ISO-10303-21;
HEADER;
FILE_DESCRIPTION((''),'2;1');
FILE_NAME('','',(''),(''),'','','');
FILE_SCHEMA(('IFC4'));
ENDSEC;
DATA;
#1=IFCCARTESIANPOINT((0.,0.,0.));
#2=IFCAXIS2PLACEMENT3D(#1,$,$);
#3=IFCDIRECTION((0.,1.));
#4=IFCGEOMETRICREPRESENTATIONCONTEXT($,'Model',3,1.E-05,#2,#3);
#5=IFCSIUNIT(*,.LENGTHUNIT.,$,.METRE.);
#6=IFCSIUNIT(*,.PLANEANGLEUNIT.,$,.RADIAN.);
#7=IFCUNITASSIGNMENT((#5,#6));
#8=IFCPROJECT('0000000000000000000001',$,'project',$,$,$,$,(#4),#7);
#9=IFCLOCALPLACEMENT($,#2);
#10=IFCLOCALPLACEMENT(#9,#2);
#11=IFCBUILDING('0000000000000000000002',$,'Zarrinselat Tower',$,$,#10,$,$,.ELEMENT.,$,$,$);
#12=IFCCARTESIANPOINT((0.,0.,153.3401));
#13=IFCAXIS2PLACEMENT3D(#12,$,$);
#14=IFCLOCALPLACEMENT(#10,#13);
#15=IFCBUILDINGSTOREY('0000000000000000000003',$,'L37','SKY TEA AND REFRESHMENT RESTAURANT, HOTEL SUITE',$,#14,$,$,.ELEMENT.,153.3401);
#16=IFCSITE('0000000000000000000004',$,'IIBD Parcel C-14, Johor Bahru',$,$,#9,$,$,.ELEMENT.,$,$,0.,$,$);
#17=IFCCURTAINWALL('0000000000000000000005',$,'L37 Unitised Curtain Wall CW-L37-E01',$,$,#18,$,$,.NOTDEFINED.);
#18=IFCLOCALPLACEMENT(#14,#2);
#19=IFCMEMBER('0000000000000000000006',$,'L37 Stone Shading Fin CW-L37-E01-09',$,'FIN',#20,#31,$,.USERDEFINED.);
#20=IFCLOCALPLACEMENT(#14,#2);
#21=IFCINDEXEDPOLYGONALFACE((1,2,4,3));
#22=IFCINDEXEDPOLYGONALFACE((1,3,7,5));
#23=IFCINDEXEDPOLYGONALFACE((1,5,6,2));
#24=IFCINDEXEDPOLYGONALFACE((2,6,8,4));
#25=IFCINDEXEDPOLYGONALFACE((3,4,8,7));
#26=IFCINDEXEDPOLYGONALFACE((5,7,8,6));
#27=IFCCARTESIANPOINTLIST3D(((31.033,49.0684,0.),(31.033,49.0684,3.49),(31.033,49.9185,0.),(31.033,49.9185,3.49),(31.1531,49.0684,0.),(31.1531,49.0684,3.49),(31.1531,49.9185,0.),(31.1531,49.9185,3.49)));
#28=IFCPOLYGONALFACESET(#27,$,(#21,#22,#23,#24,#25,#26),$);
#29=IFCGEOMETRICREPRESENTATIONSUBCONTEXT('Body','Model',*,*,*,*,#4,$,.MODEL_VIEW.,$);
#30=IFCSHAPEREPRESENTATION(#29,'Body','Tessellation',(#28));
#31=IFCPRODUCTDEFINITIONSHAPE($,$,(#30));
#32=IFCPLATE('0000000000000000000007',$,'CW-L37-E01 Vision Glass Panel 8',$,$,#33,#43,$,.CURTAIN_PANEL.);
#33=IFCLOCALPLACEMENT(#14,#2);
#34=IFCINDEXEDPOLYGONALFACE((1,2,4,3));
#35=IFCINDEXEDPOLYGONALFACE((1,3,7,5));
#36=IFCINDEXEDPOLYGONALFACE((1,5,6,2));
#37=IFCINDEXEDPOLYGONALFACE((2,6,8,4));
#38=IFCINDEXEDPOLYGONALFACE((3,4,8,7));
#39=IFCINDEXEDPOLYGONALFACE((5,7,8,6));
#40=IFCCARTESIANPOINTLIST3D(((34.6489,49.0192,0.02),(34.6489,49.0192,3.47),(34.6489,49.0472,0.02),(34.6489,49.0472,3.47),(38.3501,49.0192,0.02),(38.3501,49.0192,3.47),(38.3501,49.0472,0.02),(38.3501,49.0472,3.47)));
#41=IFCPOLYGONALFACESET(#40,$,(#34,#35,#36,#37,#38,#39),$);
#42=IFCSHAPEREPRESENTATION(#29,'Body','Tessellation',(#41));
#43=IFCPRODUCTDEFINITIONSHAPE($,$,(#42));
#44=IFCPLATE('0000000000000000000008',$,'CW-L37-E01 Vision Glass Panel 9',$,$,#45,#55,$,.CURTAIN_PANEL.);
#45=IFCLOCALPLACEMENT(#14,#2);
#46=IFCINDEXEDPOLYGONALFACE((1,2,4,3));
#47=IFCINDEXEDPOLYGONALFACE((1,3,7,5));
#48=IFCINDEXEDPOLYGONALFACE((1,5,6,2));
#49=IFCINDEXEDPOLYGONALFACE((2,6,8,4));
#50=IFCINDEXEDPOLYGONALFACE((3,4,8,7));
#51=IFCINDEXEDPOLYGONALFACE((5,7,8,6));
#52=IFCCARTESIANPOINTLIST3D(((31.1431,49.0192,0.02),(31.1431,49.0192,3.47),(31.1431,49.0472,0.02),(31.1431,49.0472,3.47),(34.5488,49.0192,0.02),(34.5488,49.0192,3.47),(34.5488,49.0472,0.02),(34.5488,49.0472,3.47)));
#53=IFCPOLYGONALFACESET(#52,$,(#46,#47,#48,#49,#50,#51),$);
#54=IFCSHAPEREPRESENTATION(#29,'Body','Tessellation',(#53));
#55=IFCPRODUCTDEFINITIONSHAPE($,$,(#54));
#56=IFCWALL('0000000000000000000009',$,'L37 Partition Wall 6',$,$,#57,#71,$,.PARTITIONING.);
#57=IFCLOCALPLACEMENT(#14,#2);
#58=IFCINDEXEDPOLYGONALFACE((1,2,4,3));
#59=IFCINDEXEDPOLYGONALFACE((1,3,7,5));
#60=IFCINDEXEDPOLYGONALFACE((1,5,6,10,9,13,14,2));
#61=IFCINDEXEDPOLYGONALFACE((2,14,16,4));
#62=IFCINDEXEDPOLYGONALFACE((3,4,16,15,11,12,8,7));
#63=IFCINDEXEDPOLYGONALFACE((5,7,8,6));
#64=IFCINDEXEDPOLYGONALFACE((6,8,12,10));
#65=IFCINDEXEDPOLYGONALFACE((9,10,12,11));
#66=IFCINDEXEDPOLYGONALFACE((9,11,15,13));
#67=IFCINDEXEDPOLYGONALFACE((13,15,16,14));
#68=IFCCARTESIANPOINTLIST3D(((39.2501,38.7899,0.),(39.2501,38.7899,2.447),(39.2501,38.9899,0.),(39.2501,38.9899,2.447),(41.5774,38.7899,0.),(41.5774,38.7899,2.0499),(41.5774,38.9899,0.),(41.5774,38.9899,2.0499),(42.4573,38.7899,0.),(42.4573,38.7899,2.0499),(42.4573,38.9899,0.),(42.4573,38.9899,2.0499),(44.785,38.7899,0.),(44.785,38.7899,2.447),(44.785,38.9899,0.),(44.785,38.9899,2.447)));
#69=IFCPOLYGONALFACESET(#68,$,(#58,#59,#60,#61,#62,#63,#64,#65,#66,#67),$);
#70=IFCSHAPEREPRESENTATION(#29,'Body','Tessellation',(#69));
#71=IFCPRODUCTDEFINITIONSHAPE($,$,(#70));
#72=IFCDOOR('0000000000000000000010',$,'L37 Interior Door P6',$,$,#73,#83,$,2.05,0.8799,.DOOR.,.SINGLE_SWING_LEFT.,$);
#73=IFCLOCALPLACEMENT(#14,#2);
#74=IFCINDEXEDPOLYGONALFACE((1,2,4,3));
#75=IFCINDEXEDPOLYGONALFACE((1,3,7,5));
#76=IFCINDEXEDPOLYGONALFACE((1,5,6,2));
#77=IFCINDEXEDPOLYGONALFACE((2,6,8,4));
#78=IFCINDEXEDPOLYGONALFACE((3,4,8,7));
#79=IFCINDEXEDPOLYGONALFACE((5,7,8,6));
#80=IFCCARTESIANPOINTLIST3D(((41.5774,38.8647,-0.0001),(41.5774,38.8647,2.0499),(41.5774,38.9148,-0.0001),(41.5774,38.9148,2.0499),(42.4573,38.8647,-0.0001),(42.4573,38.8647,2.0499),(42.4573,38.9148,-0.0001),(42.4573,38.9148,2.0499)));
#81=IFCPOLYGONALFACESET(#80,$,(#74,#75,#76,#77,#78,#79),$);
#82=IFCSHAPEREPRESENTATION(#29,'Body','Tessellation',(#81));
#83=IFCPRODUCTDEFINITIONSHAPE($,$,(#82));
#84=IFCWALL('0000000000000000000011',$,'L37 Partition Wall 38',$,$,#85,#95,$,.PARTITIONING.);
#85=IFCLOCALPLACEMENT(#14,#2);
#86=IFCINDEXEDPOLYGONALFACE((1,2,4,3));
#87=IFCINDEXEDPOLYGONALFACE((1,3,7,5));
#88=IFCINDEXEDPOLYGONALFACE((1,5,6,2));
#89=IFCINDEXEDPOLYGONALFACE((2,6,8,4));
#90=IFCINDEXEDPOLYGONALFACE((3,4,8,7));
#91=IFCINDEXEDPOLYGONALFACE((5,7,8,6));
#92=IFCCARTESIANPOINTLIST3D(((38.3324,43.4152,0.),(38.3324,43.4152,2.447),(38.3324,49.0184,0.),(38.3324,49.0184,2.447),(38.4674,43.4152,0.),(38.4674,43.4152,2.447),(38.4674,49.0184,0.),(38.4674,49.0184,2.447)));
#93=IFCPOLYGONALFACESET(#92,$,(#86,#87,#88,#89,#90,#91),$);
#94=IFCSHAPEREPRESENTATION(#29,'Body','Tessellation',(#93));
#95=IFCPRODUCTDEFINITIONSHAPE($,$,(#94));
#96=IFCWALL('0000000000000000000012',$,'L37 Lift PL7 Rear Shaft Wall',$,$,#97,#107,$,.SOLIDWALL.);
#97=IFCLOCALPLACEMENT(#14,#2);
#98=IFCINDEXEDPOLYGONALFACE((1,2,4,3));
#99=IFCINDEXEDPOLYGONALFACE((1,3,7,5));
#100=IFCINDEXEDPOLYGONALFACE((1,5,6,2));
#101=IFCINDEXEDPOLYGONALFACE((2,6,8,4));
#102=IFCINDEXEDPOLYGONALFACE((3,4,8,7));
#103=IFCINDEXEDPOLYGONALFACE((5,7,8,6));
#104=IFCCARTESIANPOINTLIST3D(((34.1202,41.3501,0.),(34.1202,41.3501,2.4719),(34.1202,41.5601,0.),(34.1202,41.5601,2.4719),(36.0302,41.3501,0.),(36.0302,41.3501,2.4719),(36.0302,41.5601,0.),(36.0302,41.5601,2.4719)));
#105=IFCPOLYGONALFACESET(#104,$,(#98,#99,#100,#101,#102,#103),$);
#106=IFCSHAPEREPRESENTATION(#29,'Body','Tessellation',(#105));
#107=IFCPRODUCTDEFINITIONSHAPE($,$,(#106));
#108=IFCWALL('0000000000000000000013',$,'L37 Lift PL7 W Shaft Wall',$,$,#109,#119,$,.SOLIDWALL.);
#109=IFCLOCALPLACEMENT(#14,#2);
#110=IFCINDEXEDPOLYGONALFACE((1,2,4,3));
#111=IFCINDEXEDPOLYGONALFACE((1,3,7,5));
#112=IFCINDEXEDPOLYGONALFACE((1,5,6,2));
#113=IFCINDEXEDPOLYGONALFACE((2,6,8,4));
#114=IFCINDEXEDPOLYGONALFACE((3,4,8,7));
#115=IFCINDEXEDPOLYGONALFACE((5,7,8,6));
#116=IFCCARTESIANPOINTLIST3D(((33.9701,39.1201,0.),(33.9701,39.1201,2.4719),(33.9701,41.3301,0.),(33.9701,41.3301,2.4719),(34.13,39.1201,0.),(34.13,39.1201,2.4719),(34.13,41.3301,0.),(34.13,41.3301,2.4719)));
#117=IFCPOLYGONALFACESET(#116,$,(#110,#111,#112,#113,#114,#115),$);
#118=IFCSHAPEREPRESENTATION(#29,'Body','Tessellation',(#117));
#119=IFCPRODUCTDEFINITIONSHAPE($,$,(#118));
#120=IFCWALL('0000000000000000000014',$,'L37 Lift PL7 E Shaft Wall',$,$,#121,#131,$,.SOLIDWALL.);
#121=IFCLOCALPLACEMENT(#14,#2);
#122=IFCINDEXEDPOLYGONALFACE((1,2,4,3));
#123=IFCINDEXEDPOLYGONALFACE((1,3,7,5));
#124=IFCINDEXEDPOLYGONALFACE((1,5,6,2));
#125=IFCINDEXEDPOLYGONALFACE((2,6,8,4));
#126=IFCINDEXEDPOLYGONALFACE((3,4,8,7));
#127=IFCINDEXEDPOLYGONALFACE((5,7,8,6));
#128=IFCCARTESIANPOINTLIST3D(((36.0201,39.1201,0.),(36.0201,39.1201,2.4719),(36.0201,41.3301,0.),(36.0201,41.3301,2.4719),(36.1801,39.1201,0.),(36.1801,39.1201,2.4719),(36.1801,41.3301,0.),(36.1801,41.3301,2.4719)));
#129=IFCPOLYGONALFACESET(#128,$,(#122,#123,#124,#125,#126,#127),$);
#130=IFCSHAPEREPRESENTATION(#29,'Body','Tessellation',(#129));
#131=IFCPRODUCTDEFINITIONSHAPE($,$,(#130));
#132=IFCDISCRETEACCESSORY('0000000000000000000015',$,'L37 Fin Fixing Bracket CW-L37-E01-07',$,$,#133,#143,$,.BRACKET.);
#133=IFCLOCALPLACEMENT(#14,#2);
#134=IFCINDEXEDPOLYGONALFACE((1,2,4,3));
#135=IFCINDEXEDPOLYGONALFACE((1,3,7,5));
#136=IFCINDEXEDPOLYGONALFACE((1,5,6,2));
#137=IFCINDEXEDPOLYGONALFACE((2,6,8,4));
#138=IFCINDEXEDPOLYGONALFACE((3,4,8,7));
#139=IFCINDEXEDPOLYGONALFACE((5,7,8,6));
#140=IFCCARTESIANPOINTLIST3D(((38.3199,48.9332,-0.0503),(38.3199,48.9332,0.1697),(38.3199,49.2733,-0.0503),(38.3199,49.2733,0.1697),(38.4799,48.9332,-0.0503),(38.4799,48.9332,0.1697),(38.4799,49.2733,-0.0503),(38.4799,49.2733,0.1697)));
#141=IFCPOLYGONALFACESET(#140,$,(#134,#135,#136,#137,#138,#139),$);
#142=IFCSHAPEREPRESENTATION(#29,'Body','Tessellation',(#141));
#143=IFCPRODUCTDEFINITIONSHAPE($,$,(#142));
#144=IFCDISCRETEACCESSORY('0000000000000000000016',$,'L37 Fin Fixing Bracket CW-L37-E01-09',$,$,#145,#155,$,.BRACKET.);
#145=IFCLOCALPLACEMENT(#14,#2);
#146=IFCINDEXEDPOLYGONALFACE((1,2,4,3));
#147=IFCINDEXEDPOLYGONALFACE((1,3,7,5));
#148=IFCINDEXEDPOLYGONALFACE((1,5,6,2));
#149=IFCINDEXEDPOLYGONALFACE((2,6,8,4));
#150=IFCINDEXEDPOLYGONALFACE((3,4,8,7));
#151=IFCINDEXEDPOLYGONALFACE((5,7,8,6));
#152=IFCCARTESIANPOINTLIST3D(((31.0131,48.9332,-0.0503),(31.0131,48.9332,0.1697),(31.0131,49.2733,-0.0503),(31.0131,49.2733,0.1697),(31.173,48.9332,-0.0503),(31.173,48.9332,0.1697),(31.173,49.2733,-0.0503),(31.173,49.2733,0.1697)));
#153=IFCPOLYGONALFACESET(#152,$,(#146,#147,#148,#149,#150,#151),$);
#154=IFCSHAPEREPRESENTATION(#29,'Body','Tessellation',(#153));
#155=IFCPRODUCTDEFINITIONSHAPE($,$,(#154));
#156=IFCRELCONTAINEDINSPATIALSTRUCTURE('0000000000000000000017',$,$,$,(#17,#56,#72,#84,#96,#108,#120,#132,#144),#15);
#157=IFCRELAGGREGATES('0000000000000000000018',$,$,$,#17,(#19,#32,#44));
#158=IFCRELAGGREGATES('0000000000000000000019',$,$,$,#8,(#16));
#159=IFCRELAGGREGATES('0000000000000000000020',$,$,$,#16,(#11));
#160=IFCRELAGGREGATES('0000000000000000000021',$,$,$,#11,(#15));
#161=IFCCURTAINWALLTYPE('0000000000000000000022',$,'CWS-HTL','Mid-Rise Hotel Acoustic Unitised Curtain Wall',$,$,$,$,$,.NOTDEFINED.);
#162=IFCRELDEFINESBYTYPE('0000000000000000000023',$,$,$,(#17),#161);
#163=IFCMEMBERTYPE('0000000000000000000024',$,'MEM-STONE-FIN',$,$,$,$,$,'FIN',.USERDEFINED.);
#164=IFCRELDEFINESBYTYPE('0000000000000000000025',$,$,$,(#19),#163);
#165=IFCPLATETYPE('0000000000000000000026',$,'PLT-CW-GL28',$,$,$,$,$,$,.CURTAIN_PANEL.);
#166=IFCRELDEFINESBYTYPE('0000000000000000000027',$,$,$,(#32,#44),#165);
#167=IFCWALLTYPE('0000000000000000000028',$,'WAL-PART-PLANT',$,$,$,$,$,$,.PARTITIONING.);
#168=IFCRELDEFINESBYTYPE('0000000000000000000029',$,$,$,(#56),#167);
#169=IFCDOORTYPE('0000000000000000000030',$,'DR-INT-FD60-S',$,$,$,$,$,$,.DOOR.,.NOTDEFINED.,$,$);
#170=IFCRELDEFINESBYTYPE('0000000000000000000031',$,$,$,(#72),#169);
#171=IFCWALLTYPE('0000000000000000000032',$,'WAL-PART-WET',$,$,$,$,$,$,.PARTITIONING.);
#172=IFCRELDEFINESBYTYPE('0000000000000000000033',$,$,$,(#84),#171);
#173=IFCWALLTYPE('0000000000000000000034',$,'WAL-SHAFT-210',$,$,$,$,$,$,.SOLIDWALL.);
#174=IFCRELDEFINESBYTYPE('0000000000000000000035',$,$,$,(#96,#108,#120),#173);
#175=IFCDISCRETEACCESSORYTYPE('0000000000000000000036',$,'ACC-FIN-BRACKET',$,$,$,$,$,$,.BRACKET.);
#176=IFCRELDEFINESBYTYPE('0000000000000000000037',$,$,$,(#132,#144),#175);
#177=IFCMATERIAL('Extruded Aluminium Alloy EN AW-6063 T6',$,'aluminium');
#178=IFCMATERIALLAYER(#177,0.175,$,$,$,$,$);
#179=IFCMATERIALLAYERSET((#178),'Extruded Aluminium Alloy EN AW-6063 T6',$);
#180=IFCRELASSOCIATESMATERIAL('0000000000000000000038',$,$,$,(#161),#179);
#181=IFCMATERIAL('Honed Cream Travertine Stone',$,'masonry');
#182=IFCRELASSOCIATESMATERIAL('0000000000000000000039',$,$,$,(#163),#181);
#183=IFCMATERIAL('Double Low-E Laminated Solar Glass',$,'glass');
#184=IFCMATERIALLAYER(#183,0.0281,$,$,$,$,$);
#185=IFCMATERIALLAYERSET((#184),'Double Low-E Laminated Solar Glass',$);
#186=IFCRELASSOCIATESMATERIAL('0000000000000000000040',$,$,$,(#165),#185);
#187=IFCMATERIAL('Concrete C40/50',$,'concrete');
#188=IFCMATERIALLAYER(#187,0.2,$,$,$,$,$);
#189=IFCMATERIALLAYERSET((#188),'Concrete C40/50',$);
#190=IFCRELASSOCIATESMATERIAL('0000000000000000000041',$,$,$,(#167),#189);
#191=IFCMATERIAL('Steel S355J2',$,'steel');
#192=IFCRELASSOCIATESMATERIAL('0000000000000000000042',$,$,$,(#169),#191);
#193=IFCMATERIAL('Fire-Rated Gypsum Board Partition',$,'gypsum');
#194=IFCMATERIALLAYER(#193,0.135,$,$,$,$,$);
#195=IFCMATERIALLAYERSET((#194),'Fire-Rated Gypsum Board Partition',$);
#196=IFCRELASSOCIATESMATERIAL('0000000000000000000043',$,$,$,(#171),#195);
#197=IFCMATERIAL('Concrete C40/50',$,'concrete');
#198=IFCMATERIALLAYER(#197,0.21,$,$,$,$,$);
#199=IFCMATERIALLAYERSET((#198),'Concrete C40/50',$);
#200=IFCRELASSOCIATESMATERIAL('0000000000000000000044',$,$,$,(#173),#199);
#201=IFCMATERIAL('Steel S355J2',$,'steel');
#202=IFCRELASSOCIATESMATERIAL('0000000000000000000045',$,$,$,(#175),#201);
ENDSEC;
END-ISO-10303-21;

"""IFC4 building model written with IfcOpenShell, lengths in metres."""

from ifc_helpers import new_model, si_unit, direction, frame, frame_2d, origin, origin_2d, place, context, subcontext, project, spatial, rectangle, extrude, material, layer, layer_set, material_profile, profile_set, type_object, element, fill, aggregate, save


model = new_model("IFC4")

# Units and contexts
model_context = context("Model", 3, precision=1e-05, world=origin(), true_north=direction((0.0, 1.0)))
body_context = subcontext(model_context, "Body", "Model", "MODEL_VIEW")
ifc_project = project(units=[si_unit("LENGTHUNIT", "METRE"), si_unit("PLANEANGLEUNIT", "RADIAN")], contexts=[model_context])

# Site, building, storey
site_placement = place(None, origin())
site = spatial("IfcSite", under=ifc_project, at=site_placement, Name="IIBD Parcel C-14, Johor Bahru", CompositionType="ELEMENT", RefElevation=0.0)
building_placement = place(site_placement, origin())
building = spatial("IfcBuilding", under=site, at=building_placement, Name="Zarrinselat Tower", CompositionType="ELEMENT")
storey_placement = place(building_placement, frame((0.0, 0.0, 153.3401)))
storey = spatial("IfcBuildingStorey", under=building, at=storey_placement, Name="L37", Description="SKY TEA AND REFRESHMENT RESTAURANT, HOTEL SUITE", CompositionType="ELEMENT", Elevation=153.3401)

# Curtain wall, member, plates
ifc_material_1 = material(Name="Extruded Aluminium Alloy EN AW-6063 T6", Category="aluminium")
ifc_layer_1 = layer(ifc_material_1, 0.175)
ifc_layer_set_1 = layer_set([ifc_layer_1], Name="Extruded Aluminium Alloy EN AW-6063 T6")
curtain_wall_type = type_object("IfcCurtainWallType", Name="CWS-HTL", Description="Mid-Rise Hotel Acoustic Unitised Curtain Wall", PredefinedType="NOTDEFINED", material=ifc_layer_set_1)
curtain_wall_placement = place(storey_placement, origin())
curtain_wall = element("IfcCurtainWall", 1, at=curtain_wall_placement, inside=storey, type_object=curtain_wall_type, Name="L37 Unitised Curtain Wall CW-L37-E01", PredefinedType="NOTDEFINED")
ifc_material_2 = material(Name="Honed Cream Travertine Stone", Category="masonry")
ifc_material_profile_1 = material_profile(ifc_material_2, rectangle(XDim=0.1201, YDim=0.8501, at=origin_2d()), Name="FIN 850x120")
ifc_profile_set_1 = profile_set([ifc_material_profile_1], Name="Honed Cream Travertine Stone")
member_type_1 = type_object("IfcMemberType", Name="MEM-STONE-FIN", ElementType="FIN", PredefinedType="USERDEFINED", material=ifc_profile_set_1)
member_1_placement = place(storey_placement, frame((31.093, 49.4934, 0.0), z_axis=(0.0, 0.0, 1.0), x_axis=(1.0, 0.0, 0.0)))
member_1 = element("IfcMember", 2, at=member_1_placement, type_object=member_type_1, Name="L37 Stone Shading Fin CW-L37-E01-09", ObjectType="FIN", PredefinedType="USERDEFINED", context=body_context, shape_type="SweptSolid", body=[
    extrude(rectangle(XDim=0.1201, YDim=0.8501, at=origin_2d()), origin(), (0.0, 0.0, 1.0), 3.49),
])
ifc_material_3 = material(Name="Double Low-E Laminated Solar Glass", Category="glass")
ifc_layer_2 = layer(ifc_material_3, 0.0281)
ifc_layer_set_2 = layer_set([ifc_layer_2], Name="Double Low-E Laminated Solar Glass")
plate_type = type_object("IfcPlateType", Name="PLT-CW-GL28", PredefinedType="CURTAIN_PANEL", material=ifc_layer_set_2)
plate_1_placement = place(storey_placement, frame((36.4995, 49.0332, 0.02), z_axis=(0.0, 0.0, 1.0), x_axis=(-1.0, 0.0, 0.0)))
plate_1 = element("IfcPlate", 3, at=plate_1_placement, type_object=plate_type, Name="CW-L37-E01 Vision Glass Panel 8", PredefinedType="CURTAIN_PANEL", context=body_context, shape_type="SweptSolid", body=[
    extrude(rectangle(XDim=3.7012, YDim=0.0281, at=origin_2d()), origin(), (0.0, 0.0, 1.0), 3.45),
])
plate_2_placement = place(storey_placement, frame((32.8459, 49.0332, 0.02), z_axis=(0.0, 0.0, 1.0), x_axis=(-1.0, 0.0, 0.0)))
plate_2 = element("IfcPlate", 4, at=plate_2_placement, type_object=plate_type, Name="CW-L37-E01 Vision Glass Panel 9", PredefinedType="CURTAIN_PANEL", context=body_context, shape_type="SweptSolid", body=[
    extrude(rectangle(XDim=3.4058, YDim=0.0281, at=origin_2d()), origin(), (0.0, 0.0, 1.0), 3.45),
])
aggregate(curtain_wall, [member_1, plate_1, plate_2])

# Wall, opening, door
ifc_material_4 = material(Name="Concrete C40/50", Category="concrete")
ifc_layer_3 = layer(ifc_material_4, 0.2)
ifc_layer_set_3 = layer_set([ifc_layer_3], Name="Concrete C40/50")
wall_type_1 = type_object("IfcWallType", Name="WAL-PART-PLANT", PredefinedType="PARTITIONING", material=ifc_layer_set_3)
wall_1_placement = place(storey_placement, frame((39.25, 38.8899, 0.0), z_axis=(0.0, 0.0, 1.0), x_axis=(1.0, 0.0, 0.0)))
wall_1 = element("IfcWall", 5, at=wall_1_placement, inside=storey, type_object=wall_type_1, Name="L37 Partition Wall 6", PredefinedType="PARTITIONING", context=body_context, shape_type="SweptSolid", body=[
    extrude(rectangle(XDim=5.5349, YDim=0.2, at=frame_2d((2.7676, 0.0))), origin(), (0.0, 0.0, 1.0), 2.447),
])
opening_placement = place(wall_1_placement, frame((2.3274, 0.0, 0.0)))
opening = element("IfcOpeningElement", 6, at=opening_placement, cuts=wall_1, PredefinedType="OPENING", context=body_context, shape_type="SweptSolid", body=[
    extrude(rectangle(XDim=0.8799, YDim=2.05, at=frame_2d((0.4399, 1.0249))), frame((0.0, 0.1099, 0.0), z_axis=(0.0, -1.0, 0.0), x_axis=(1.0, 0.0, 0.0)), (0.0, 0.0, 1.0), 0.22),
])
ifc_material_5 = material(Name="Steel S355J2", Category="steel")
door_type = type_object("IfcDoorType", Name="DR-INT-FD60-S", OperationType="NOTDEFINED", PredefinedType="DOOR", material=ifc_material_5)
door_placement = place(opening_placement, origin())
door = element("IfcDoor", 7, at=door_placement, inside=storey, type_object=door_type, Name="L37 Interior Door P6", OperationType="SINGLE_SWING_LEFT", OverallHeight=2.05, OverallWidth=0.8799, PredefinedType="DOOR", context=body_context, shape_type="SweptSolid", body=[
    extrude(rectangle(XDim=0.8799, YDim=2.05, at=frame_2d((0.4399, 1.0249))), frame((0.0, 0.0249, 0.0), z_axis=(0.0, -1.0, 0.0), x_axis=(1.0, 0.0, 0.0)), (0.0, 0.0, 1.0), 0.05),
])
fill(opening, door)

# Walls
ifc_material_6 = material(Name="Fire-Rated Gypsum Board Partition", Category="gypsum")
ifc_layer_4 = layer(ifc_material_6, 0.135)
ifc_layer_set_4 = layer_set([ifc_layer_4], Name="Fire-Rated Gypsum Board Partition")
wall_type_2 = type_object("IfcWallType", Name="WAL-PART-WET", PredefinedType="PARTITIONING", material=ifc_layer_set_4)
wall_2_placement = place(storey_placement, frame((38.3999, 43.415, 0.0), z_axis=(0.0, 0.0, 1.0), x_axis=(0.0, 1.0, 0.0)))
element("IfcWall", 8, at=wall_2_placement, inside=storey, type_object=wall_type_2, Name="L37 Partition Wall 38", PredefinedType="PARTITIONING", context=body_context, shape_type="SweptSolid", body=[
    extrude(rectangle(XDim=5.6033, YDim=0.135, at=frame_2d((2.8018, 0.0))), origin(), (0.0, 0.0, 1.0), 2.447),
])
ifc_material_7 = material(Name="Concrete C40/50", Category="concrete")
ifc_layer_5 = layer(ifc_material_7, 0.21)
ifc_layer_set_5 = layer_set([ifc_layer_5], Name="Concrete C40/50")
wall_type_3 = type_object("IfcWallType", Name="WAL-SHAFT-210", PredefinedType="SOLIDWALL", material=ifc_layer_set_5)
wall_3_placement = place(storey_placement, frame((34.1201, 41.4551, 0.0), z_axis=(0.0, 0.0, 1.0), x_axis=(1.0, 0.0, 0.0)))
element("IfcWall", 9, at=wall_3_placement, inside=storey, type_object=wall_type_3, Name="L37 Lift PL7 Rear Shaft Wall", PredefinedType="SOLIDWALL", context=body_context, shape_type="SweptSolid", body=[
    extrude(rectangle(XDim=1.9099, YDim=0.21, at=frame_2d((0.9551, 0.0))), origin(), (0.0, 0.0, 1.0), 2.4719),
])
for number, where, z_axis, x_axis, name in (
    (10, (34.05, 39.1201, 0.0), (0.0, 0.0, 1.0), (0.0, 1.0, 0.0), "L37 Lift PL7 W Shaft Wall"),
    (11, (36.1001, 39.1201, 0.0), (0.0, 0.0, 1.0), (0.0, 1.0, 0.0), "L37 Lift PL7 E Shaft Wall"),
):
    element("IfcWall", number, at=place(storey_placement, frame(where, z_axis=z_axis, x_axis=x_axis)), inside=storey, type_object=wall_type_3, Name=name, PredefinedType="SOLIDWALL", context=body_context, shape_type="SweptSolid", body=[
        extrude(rectangle(XDim=2.21, YDim=0.1599, at=frame_2d((1.105, 0.0))), origin(), (0.0, 0.0, 1.0), 2.4719),
    ])

# Discrete accessories
ifc_material_8 = material(Name="Steel S355J2", Category="steel")
discrete_accessory_type = type_object("IfcDiscreteAccessoryType", Name="ACC-FIN-BRACKET", PredefinedType="BRACKET", material=ifc_material_8)
for number, where, z_axis, x_axis, name in (
    (12, (38.3999, 49.1033, -0.0503), (0.0, 0.0, 1.0), (0.0, 1.0, 0.0), "L37 Fin Fixing Bracket CW-L37-E01-07"),
    (13, (31.093, 49.1033, -0.0503), (0.0, 0.0, 1.0), (0.0, 1.0, 0.0), "L37 Fin Fixing Bracket CW-L37-E01-09"),
):
    element("IfcDiscreteAccessory", number, at=place(storey_placement, frame(where, z_axis=z_axis, x_axis=x_axis)), inside=storey, type_object=discrete_accessory_type, Name=name, PredefinedType="BRACKET", context=body_context, shape_type="SweptSolid", body=[
        extrude(rectangle(XDim=0.3401, YDim=0.1599, at=origin_2d()), origin(), (0.0, 0.0, 1.0), 0.22),
    ])

save(model, "model.ifc")
